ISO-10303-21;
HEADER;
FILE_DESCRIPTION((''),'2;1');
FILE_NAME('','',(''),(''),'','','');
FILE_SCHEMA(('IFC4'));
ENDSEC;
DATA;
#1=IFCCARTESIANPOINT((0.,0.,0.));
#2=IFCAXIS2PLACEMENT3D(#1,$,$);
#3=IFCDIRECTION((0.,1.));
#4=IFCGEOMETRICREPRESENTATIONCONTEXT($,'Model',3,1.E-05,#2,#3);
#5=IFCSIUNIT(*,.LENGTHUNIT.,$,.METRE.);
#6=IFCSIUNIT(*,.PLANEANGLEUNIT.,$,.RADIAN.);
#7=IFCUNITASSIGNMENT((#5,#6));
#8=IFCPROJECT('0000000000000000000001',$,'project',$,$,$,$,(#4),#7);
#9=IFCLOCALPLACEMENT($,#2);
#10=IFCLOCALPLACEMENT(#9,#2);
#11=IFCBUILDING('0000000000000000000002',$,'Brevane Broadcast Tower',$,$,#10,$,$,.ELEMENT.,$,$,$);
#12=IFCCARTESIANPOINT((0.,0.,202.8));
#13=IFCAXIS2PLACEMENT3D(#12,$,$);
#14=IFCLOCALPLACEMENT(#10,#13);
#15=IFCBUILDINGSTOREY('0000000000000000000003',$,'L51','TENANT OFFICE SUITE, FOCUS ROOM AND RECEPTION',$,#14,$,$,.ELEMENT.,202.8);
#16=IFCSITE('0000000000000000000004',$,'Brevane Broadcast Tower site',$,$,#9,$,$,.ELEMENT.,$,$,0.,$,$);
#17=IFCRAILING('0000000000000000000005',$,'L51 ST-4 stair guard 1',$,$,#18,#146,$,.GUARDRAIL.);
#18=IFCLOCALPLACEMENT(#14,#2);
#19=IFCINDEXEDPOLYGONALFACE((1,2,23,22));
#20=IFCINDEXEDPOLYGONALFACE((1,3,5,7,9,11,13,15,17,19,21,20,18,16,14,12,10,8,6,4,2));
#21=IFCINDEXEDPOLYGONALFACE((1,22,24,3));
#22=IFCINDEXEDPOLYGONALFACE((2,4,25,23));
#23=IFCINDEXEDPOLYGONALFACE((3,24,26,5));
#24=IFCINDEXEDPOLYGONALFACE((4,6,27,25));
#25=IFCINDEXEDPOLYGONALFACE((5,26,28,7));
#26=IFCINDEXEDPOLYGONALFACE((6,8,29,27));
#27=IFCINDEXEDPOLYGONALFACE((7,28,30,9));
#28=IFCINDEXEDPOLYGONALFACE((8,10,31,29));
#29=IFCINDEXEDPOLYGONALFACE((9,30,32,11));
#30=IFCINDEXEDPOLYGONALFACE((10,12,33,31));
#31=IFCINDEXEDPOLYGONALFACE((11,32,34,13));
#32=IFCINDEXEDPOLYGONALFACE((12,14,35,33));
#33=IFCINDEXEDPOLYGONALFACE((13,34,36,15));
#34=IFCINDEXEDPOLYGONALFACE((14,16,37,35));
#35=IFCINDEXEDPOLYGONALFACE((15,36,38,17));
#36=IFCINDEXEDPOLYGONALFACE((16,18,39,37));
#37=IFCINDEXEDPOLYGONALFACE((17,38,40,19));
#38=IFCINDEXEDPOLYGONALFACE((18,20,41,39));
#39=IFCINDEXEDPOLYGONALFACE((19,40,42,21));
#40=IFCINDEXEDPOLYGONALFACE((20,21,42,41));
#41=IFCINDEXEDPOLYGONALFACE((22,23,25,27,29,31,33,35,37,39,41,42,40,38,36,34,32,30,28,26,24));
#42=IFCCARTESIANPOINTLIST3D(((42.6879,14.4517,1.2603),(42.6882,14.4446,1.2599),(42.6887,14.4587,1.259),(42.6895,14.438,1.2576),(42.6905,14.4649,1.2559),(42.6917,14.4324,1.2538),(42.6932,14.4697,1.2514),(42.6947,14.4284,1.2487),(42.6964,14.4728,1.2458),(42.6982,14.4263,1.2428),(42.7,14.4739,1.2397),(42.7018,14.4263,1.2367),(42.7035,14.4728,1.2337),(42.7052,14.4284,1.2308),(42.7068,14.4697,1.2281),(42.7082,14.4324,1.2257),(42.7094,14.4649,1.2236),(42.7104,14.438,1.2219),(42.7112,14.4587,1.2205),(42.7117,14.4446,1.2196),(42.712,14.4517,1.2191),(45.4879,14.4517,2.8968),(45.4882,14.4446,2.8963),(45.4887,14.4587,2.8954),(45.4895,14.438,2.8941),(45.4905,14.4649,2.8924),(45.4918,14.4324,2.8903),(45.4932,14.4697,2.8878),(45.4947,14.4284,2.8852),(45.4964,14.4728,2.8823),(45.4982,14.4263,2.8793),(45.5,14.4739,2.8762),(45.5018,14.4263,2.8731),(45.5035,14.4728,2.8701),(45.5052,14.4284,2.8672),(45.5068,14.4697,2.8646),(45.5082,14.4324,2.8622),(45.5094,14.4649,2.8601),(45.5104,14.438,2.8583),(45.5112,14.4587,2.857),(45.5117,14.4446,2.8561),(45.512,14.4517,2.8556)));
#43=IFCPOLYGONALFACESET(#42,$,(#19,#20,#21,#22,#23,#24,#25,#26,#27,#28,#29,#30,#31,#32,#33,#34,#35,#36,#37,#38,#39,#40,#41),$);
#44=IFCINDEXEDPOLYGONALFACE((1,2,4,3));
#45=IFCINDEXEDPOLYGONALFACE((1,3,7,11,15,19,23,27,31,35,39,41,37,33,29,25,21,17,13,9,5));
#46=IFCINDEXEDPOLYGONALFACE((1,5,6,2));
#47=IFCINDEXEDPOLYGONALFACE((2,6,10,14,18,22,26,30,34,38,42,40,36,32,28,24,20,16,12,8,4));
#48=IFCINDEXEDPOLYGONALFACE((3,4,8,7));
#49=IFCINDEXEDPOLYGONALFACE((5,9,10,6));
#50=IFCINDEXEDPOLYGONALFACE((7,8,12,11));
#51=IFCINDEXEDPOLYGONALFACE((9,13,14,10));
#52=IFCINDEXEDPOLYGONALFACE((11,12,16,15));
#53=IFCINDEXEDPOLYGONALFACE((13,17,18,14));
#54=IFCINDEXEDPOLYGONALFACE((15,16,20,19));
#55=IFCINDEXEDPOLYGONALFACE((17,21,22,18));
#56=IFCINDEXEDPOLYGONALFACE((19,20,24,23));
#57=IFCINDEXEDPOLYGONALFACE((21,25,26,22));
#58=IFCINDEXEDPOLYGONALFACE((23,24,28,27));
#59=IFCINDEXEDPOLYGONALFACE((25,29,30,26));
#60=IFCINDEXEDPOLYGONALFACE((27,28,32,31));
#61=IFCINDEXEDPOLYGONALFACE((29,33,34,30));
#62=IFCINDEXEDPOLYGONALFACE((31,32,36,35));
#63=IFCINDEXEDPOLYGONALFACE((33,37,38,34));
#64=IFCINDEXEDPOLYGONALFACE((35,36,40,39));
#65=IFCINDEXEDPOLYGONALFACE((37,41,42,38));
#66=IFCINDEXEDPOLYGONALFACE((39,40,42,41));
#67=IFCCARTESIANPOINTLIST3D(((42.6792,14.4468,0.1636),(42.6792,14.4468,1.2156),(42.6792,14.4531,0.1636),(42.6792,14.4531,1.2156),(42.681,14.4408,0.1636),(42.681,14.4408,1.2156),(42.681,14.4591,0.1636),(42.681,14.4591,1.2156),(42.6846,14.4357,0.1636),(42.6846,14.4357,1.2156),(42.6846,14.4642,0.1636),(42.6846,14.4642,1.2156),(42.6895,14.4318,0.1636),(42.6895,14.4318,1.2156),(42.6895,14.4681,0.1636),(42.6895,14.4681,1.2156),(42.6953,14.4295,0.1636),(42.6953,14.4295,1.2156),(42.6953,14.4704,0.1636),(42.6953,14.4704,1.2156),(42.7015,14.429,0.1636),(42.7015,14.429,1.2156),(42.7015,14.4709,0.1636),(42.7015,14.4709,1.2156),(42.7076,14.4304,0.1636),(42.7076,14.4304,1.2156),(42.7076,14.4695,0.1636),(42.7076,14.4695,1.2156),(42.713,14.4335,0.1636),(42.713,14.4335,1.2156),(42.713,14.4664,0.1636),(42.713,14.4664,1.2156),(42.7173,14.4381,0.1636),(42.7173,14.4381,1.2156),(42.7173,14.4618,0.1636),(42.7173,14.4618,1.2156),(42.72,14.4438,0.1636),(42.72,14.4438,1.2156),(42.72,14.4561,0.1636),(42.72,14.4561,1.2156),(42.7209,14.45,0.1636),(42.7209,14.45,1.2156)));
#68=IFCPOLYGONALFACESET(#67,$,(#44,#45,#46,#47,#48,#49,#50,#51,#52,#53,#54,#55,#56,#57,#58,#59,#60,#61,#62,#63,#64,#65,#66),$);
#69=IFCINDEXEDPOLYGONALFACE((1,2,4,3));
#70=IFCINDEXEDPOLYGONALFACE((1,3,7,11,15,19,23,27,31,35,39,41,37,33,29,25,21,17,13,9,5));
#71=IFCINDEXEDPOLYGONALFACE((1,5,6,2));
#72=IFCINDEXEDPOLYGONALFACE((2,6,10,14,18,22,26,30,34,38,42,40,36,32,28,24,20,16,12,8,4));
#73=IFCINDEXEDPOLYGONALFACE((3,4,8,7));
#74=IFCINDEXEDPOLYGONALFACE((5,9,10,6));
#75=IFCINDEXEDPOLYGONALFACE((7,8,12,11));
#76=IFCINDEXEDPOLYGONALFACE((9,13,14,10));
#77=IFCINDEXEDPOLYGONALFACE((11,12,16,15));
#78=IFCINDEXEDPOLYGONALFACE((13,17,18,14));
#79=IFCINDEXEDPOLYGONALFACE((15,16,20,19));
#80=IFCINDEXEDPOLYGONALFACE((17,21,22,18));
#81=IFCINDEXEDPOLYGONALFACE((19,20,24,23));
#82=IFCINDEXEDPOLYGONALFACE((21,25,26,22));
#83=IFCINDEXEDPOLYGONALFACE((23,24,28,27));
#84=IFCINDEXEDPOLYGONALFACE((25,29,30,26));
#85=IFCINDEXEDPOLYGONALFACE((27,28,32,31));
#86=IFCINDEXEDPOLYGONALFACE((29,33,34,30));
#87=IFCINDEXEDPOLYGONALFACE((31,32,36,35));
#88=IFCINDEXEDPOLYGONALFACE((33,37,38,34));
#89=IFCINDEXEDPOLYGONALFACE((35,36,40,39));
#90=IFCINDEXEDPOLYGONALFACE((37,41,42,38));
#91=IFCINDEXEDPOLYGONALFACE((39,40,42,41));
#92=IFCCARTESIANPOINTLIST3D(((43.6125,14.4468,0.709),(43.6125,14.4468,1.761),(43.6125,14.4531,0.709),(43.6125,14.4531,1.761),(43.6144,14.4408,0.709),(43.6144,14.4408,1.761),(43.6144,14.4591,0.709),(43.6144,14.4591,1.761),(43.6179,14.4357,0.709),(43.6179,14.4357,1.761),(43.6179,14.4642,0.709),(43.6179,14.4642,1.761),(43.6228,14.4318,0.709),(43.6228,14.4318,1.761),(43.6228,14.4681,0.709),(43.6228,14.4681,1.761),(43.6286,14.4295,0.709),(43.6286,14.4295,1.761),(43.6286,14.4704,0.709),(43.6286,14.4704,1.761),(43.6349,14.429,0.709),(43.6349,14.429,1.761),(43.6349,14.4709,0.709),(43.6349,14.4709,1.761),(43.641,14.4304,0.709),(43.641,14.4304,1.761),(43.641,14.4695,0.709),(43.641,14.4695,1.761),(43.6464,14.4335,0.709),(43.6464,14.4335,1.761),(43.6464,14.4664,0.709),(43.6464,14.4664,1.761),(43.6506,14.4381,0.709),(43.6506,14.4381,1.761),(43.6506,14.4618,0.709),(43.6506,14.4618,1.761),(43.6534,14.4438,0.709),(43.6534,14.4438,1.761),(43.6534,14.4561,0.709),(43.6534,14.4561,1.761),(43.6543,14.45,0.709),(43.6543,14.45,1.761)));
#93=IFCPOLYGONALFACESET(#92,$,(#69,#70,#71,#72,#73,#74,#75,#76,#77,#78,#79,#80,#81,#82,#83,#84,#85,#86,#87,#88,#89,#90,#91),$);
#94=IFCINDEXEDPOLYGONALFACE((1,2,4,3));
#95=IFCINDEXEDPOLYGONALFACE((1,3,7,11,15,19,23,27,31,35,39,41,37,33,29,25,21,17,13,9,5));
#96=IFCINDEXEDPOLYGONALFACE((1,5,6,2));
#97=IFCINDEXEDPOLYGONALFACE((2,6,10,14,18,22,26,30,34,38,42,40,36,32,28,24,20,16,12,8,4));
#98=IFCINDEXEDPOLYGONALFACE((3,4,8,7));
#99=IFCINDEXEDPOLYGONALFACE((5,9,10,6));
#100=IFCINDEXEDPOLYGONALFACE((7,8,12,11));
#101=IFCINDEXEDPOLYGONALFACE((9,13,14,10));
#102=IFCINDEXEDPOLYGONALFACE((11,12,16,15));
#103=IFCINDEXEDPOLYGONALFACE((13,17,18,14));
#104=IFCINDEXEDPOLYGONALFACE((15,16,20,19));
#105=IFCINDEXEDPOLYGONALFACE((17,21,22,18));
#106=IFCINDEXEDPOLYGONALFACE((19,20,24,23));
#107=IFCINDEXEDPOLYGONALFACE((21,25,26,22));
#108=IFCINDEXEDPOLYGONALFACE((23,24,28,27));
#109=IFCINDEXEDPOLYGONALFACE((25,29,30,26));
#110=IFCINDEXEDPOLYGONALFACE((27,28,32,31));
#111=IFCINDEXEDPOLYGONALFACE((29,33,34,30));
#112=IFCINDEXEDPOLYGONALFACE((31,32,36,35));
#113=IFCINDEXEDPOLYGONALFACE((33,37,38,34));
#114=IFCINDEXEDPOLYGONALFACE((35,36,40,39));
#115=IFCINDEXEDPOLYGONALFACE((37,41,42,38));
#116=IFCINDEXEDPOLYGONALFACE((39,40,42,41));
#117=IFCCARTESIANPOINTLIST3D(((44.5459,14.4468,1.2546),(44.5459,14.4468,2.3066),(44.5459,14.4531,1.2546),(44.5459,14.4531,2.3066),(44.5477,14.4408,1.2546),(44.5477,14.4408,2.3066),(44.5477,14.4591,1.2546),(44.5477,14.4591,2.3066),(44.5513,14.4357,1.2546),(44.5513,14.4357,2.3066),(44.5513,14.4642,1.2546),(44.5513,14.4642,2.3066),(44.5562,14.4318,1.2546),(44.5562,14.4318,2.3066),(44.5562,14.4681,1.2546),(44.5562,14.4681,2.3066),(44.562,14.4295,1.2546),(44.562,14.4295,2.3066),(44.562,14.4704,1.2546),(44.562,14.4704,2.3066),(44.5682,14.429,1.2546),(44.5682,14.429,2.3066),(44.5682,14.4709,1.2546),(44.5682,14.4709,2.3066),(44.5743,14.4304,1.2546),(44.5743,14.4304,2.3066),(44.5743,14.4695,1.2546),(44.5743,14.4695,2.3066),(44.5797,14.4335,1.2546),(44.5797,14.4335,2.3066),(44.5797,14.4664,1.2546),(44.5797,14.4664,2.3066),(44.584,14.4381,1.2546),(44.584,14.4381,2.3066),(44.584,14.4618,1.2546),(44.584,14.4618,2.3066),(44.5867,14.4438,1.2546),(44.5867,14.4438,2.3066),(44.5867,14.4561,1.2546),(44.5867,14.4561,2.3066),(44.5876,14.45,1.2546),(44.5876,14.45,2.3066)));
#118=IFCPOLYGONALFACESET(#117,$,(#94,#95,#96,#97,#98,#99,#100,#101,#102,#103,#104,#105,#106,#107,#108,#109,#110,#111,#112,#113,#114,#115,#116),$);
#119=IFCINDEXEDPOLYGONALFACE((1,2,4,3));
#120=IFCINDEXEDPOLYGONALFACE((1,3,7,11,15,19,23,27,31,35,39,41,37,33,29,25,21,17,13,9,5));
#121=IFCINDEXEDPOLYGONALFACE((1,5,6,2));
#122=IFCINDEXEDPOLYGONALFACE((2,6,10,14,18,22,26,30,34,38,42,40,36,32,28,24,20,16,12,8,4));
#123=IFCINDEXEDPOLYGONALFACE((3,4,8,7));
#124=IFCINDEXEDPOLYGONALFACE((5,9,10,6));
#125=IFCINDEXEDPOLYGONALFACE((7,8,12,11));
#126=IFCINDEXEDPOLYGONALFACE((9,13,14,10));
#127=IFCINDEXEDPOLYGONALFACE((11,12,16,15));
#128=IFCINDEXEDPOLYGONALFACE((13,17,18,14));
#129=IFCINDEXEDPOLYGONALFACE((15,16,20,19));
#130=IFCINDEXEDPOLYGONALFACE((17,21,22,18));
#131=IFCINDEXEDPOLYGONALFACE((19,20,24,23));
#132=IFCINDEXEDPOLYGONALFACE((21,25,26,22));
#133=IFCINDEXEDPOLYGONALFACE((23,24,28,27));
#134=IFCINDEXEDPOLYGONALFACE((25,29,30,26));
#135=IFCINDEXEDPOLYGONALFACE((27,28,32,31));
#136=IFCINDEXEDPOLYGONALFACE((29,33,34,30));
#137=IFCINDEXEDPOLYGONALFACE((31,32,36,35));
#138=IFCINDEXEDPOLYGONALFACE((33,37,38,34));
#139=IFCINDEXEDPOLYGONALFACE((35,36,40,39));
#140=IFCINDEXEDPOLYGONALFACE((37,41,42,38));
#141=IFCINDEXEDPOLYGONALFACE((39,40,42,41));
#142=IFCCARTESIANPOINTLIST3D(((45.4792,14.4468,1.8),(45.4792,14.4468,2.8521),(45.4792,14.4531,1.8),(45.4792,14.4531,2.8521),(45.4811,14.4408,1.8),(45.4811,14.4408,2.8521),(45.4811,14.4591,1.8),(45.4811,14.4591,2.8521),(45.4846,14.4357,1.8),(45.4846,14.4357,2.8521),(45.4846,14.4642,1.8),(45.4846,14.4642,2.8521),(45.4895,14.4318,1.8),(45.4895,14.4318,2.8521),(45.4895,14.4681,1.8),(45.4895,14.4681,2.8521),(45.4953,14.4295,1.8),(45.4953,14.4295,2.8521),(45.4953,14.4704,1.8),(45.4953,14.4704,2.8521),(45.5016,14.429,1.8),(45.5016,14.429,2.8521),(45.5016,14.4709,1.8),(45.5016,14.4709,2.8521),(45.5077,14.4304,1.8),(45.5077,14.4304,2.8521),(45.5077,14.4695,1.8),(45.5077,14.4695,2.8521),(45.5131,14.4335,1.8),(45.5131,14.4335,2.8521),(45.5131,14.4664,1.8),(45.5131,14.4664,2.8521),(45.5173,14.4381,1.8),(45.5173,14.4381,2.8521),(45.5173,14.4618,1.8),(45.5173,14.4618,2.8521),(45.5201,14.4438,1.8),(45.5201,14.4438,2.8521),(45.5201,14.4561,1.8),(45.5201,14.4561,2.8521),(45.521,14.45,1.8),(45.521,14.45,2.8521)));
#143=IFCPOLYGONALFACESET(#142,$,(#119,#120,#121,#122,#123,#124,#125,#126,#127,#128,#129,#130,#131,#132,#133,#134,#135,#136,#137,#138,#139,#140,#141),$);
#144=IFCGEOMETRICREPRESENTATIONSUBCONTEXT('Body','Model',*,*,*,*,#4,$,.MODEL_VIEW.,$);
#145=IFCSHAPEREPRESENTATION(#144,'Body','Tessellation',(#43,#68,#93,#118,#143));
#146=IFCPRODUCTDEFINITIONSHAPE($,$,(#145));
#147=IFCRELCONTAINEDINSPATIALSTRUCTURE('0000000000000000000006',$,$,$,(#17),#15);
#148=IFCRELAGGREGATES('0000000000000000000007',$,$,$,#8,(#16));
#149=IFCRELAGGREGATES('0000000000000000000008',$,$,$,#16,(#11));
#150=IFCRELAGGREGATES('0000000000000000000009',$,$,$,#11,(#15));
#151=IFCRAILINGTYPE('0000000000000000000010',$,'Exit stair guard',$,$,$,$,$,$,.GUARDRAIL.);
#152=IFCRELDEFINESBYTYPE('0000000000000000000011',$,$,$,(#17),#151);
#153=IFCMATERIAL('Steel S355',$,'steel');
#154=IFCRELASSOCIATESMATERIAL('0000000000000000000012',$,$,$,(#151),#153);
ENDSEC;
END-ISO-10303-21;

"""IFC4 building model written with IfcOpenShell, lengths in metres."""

from ifc_helpers import new_model, si_unit, direction, frame, origin, origin_2d, place, context, subcontext, project, spatial, circle, extrude, material, type_object, element, save


model = new_model("IFC4")

# Units and contexts
model_context = context("Model", 3, precision=1e-05, world=origin(), true_north=direction((0.0, 1.0)))
body_context = subcontext(model_context, "Body", "Model", "MODEL_VIEW")
ifc_project = project(units=[si_unit("LENGTHUNIT", "METRE"), si_unit("PLANEANGLEUNIT", "RADIAN")], contexts=[model_context])

# Site, building, storey
site_placement = place(None, origin())
site = spatial("IfcSite", under=ifc_project, at=site_placement, Name="Brevane Broadcast Tower site", CompositionType="ELEMENT", RefElevation=0.0)
building_placement = place(site_placement, origin())
building = spatial("IfcBuilding", under=site, at=building_placement, Name="Brevane Broadcast Tower", CompositionType="ELEMENT")
storey_placement = place(building_placement, frame((0.0, 0.0, 202.8)))
storey = spatial("IfcBuildingStorey", under=building, at=storey_placement, Name="L51", Description="TENANT OFFICE SUITE, FOCUS ROOM AND RECEPTION", CompositionType="ELEMENT", Elevation=202.8)

# Railing
ifc_material_1 = material(Name="Steel S355", Category="steel")
railing_type_1 = type_object("IfcRailingType", Name="Exit stair guard", PredefinedType="GUARDRAIL", material=ifc_material_1)
railing_1_placement = place(storey_placement, frame((42.7, 14.45, 0.1636)))
element("IfcRailing", 1, at=railing_1_placement, inside=storey, type_object=railing_type_1, Name="L51 ST-4 stair guard 1", PredefinedType="GUARDRAIL", context=body_context, shape_type="SweptSolid", body=[
    extrude(circle(Radius=0.0239, at=origin_2d()), frame((0.0, 0.0, 1.0762), z_axis=(0.863361, 0.0, 0.504587), x_axis=(0.0, 1.0, 0.0)), (0.0, 0.0, 1.0), 3.2432),
    extrude(circle(Radius=0.021, at=origin_2d()), origin(), (0.0, 0.0, 1.0), 1.052),
    extrude(circle(Radius=0.021, at=origin_2d()), frame((0.9333, 0.0, 0.5454)), (0.0, 0.0, 1.0), 1.052),
    extrude(circle(Radius=0.021, at=origin_2d()), frame((1.8667, 0.0, 1.0911)), (0.0, 0.0, 1.0), 1.052),
    extrude(circle(Radius=0.021, at=origin_2d()), frame((2.8, 0.0, 1.6365)), (0.0, 0.0, 1.0), 1.052),
])

save(model, "model.ifc")
